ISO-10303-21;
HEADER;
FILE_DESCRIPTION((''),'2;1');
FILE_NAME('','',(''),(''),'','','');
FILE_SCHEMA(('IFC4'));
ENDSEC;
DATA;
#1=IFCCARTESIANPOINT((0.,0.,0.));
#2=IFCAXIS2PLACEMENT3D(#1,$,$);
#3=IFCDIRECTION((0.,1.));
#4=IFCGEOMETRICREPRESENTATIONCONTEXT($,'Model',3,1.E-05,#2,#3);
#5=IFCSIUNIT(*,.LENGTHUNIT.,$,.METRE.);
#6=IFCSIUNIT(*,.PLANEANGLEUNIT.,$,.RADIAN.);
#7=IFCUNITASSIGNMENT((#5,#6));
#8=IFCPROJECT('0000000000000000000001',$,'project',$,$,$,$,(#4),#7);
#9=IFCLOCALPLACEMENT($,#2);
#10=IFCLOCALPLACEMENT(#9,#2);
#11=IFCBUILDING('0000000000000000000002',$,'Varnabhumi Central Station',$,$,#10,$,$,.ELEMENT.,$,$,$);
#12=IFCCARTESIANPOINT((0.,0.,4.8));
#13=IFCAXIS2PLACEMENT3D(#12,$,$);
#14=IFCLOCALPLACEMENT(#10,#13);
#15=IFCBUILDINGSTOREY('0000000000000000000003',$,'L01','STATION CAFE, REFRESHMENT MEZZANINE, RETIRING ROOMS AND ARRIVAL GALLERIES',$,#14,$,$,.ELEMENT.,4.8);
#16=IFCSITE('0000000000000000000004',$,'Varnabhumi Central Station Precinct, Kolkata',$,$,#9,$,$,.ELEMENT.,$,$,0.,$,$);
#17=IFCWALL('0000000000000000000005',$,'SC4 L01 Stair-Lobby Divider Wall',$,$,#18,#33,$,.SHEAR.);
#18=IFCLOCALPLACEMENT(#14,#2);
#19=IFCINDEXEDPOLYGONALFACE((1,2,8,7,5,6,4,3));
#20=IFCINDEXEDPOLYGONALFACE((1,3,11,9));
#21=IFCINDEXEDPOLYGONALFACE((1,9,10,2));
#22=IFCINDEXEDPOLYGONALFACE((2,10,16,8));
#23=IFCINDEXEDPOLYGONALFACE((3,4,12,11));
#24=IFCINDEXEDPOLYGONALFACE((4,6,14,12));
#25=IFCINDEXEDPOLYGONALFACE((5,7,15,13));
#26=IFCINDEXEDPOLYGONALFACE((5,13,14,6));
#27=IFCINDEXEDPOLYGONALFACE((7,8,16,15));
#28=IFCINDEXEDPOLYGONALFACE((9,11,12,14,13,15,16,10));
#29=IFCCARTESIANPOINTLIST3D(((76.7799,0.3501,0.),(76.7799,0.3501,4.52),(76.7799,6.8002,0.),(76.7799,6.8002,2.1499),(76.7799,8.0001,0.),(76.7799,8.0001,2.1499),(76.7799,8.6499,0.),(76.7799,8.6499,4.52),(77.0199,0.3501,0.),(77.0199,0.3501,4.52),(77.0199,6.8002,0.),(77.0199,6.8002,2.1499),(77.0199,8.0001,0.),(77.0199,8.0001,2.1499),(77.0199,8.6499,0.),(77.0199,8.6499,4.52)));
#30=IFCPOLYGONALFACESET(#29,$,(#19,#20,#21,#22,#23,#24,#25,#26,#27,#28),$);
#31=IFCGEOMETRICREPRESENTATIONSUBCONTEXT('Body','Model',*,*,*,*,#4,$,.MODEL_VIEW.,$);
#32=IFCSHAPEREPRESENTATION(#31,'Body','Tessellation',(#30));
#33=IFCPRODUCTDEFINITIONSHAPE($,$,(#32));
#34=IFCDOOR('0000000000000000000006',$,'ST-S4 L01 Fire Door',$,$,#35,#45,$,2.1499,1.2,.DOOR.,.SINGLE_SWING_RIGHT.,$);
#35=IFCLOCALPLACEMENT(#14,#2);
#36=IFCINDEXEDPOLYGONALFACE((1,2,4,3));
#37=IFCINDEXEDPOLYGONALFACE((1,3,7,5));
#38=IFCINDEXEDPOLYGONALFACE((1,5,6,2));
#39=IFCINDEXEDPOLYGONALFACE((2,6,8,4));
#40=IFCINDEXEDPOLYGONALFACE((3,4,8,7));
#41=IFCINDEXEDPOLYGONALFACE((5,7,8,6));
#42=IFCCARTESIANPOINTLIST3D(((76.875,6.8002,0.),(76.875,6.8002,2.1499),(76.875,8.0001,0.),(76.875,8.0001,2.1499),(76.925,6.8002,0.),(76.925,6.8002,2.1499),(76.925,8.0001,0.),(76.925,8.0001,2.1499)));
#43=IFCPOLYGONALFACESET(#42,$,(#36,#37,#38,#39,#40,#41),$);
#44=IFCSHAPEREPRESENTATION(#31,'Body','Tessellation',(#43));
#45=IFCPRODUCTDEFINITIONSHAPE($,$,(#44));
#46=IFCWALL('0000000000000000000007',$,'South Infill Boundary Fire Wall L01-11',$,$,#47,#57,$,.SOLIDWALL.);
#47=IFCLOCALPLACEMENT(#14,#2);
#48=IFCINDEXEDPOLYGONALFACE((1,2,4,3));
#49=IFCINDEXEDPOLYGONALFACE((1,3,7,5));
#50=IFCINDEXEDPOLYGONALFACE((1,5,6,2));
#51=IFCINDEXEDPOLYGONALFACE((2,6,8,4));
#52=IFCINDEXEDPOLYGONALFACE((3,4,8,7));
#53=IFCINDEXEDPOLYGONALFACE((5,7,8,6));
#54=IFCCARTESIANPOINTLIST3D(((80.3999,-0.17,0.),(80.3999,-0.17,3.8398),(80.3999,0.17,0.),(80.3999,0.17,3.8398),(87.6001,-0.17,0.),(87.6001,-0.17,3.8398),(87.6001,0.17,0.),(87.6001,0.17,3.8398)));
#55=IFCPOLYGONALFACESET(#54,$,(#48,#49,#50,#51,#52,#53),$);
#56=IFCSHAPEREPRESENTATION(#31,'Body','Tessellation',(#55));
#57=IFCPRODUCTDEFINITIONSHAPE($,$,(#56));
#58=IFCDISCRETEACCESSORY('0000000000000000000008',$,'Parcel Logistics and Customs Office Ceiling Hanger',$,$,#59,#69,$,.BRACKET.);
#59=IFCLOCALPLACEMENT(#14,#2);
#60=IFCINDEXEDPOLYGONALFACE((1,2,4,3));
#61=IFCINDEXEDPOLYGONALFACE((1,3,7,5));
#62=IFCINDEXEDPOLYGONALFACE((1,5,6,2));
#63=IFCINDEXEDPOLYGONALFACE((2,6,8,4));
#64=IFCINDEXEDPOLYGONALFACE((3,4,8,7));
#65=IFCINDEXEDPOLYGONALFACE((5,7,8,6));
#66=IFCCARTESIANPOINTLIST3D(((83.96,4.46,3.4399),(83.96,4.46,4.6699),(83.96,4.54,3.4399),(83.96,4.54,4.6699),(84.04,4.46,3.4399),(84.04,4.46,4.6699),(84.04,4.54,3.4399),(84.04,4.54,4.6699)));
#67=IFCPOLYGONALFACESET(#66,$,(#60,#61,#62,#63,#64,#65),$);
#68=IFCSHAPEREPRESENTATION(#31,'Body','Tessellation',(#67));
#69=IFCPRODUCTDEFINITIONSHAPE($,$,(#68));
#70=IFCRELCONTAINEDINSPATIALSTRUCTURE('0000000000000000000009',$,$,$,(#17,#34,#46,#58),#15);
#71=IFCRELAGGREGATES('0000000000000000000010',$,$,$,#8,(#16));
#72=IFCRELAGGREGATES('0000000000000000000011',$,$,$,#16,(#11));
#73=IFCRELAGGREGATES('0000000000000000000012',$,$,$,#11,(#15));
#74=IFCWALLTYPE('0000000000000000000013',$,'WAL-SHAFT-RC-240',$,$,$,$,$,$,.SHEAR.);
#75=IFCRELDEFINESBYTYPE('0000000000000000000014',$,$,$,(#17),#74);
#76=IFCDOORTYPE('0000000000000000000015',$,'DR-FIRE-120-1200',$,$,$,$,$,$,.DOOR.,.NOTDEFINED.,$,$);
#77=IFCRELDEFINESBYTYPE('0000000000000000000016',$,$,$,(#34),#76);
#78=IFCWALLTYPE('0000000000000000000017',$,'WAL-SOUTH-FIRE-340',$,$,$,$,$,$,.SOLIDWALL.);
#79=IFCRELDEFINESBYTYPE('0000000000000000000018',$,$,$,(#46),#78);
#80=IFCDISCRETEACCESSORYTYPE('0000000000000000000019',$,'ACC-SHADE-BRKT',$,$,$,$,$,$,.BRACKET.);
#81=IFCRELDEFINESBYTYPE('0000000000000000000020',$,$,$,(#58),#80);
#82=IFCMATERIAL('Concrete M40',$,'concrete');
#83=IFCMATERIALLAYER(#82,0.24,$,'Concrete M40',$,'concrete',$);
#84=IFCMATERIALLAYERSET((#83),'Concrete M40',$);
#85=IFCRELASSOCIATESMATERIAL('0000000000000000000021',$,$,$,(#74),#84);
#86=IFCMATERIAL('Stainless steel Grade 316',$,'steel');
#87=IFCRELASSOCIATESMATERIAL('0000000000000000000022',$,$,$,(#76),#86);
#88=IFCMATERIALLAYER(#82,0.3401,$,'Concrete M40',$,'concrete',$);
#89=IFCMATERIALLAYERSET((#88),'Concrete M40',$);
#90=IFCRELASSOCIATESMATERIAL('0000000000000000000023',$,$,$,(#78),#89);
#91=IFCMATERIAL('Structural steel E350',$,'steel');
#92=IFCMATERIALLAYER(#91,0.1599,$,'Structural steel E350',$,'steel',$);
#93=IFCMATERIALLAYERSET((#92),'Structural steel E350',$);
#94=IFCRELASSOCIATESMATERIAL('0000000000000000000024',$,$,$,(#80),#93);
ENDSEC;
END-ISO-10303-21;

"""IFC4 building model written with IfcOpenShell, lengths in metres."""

from ifc_helpers import new_model, si_unit, direction, frame, frame_2d, origin, origin_2d, place, context, subcontext, project, spatial, rectangle, extrude, material, layer, layer_set, type_object, element, fill, save


model = new_model("IFC4")

# Units and contexts
model_context = context("Model", 3, precision=1e-05, world=origin(), true_north=direction((0.0, 1.0)))
body_context = subcontext(model_context, "Body", "Model", "MODEL_VIEW")
ifc_project = project(units=[si_unit("LENGTHUNIT", "METRE"), si_unit("PLANEANGLEUNIT", "RADIAN")], contexts=[model_context])

# Site, building, storey
site_placement = place(None, origin())
site = spatial("IfcSite", under=ifc_project, at=site_placement, Name="Varnabhumi Central Station Precinct, Kolkata", CompositionType="ELEMENT", RefElevation=0.0)
building_placement = place(site_placement, origin())
building = spatial("IfcBuilding", under=site, at=building_placement, Name="Varnabhumi Central Station", CompositionType="ELEMENT")
storey_placement = place(building_placement, frame((0.0, 0.0, 4.8)))
storey = spatial("IfcBuildingStorey", under=building, at=storey_placement, Name="L01", Description="STATION CAFE, REFRESHMENT MEZZANINE, RETIRING ROOMS AND ARRIVAL GALLERIES", CompositionType="ELEMENT", Elevation=4.8)

# Shared definitions
ifc_material_1 = material(Name="Concrete M40", Category="concrete")

# Shared definitions
ifc_material_2 = material(Name="Structural steel E350", Category="steel")

# Wall, opening, door
ifc_layer_1 = layer(ifc_material_1, 0.24, Name="Concrete M40", Category="concrete")
ifc_layer_set_1 = layer_set([ifc_layer_1], Name="Concrete M40")
wall_type_1 = type_object("IfcWallType", Name="WAL-SHAFT-RC-240", PredefinedType="SHEAR", material=ifc_layer_set_1)
wall_1_placement = place(storey_placement, frame((76.8999, 0.3501, 0.0), z_axis=(0.0, 0.0, 1.0), x_axis=(0.0, 1.0, 0.0)))
wall_1 = element("IfcWall", 1, at=wall_1_placement, inside=storey, type_object=wall_type_1, Name="SC4 L01 Stair-Lobby Divider Wall", PredefinedType="SHEAR", context=body_context, shape_type="SweptSolid", body=[
    extrude(rectangle(XDim=8.2998, YDim=0.24, at=frame_2d((4.1499, 0.0))), origin(), (0.0, 0.0, 1.0), 4.52),
])
opening_1_placement = place(wall_1_placement, frame((6.45, 0.0, 0.0)))
opening_1 = element("IfcOpeningElement", 2, at=opening_1_placement, cuts=wall_1, PredefinedType="OPENING", context=body_context, shape_type="SweptSolid", body=[
    extrude(rectangle(XDim=1.2, YDim=2.1499, at=frame_2d((0.6001, 1.075))), frame((0.0, 0.1299, 0.0), z_axis=(0.0, -1.0, 0.0), x_axis=(1.0, 0.0, 0.0)), (0.0, 0.0, 1.0), 0.26),
])
ifc_material_3 = material(Name="Stainless steel Grade 316", Category="steel")
door_type_1 = type_object("IfcDoorType", Name="DR-FIRE-120-1200", OperationType="NOTDEFINED", PredefinedType="DOOR", material=ifc_material_3)
door_1_placement = place(opening_1_placement, origin())
door_1 = element("IfcDoor", 3, at=door_1_placement, inside=storey, type_object=door_type_1, Name="ST-S4 L01 Fire Door", OperationType="SINGLE_SWING_RIGHT", OverallHeight=2.1499, OverallWidth=1.2, PredefinedType="DOOR", context=body_context, shape_type="SweptSolid", body=[
    extrude(rectangle(XDim=1.2, YDim=2.1499, at=frame_2d((0.6001, 1.075))), frame((0.0, 0.0249, 0.0), z_axis=(0.0, -1.0, 0.0), x_axis=(1.0, 0.0, 0.0)), (0.0, 0.0, 1.0), 0.05),
])
fill(opening_1, door_1)

# Wall
ifc_layer_2 = layer(ifc_material_1, 0.3401, Name="Concrete M40", Category="concrete")
ifc_layer_set_2 = layer_set([ifc_layer_2], Name="Concrete M40")
wall_type_2 = type_object("IfcWallType", Name="WAL-SOUTH-FIRE-340", PredefinedType="SOLIDWALL", material=ifc_layer_set_2)
wall_2_placement = place(storey_placement, frame((80.3999, 0.0, 0.0), z_axis=(0.0, 0.0, 1.0), x_axis=(1.0, 0.0, 0.0)))
element("IfcWall", 4, at=wall_2_placement, inside=storey, type_object=wall_type_2, Name="South Infill Boundary Fire Wall L01-11", PredefinedType="SOLIDWALL", context=body_context, shape_type="SweptSolid", body=[
    extrude(rectangle(XDim=7.2002, YDim=0.3401, at=frame_2d((3.6001, 0.0))), origin(), (0.0, 0.0, 1.0), 3.8398),
])

# Discrete accessory
ifc_layer_3 = layer(ifc_material_2, 0.1599, Name="Structural steel E350", Category="steel")
ifc_layer_set_3 = layer_set([ifc_layer_3], Name="Structural steel E350")
discrete_accessory_type = type_object("IfcDiscreteAccessoryType", Name="ACC-SHADE-BRKT", PredefinedType="BRACKET", material=ifc_layer_set_3)
discrete_accessory_placement = place(storey_placement, frame((84.0, 4.5, 3.4399), z_axis=(0.0, 0.0, 1.0), x_axis=(1.0, 0.0, 0.0)))
element("IfcDiscreteAccessory", 5, at=discrete_accessory_placement, inside=storey, type_object=discrete_accessory_type, Name="Parcel Logistics and Customs Office Ceiling Hanger", PredefinedType="BRACKET", context=body_context, shape_type="SweptSolid", body=[
    extrude(rectangle(XDim=0.0801, YDim=0.0801, at=origin_2d()), origin(), (0.0, 0.0, 1.0), 1.23),
])

save(model, "model.ifc")
